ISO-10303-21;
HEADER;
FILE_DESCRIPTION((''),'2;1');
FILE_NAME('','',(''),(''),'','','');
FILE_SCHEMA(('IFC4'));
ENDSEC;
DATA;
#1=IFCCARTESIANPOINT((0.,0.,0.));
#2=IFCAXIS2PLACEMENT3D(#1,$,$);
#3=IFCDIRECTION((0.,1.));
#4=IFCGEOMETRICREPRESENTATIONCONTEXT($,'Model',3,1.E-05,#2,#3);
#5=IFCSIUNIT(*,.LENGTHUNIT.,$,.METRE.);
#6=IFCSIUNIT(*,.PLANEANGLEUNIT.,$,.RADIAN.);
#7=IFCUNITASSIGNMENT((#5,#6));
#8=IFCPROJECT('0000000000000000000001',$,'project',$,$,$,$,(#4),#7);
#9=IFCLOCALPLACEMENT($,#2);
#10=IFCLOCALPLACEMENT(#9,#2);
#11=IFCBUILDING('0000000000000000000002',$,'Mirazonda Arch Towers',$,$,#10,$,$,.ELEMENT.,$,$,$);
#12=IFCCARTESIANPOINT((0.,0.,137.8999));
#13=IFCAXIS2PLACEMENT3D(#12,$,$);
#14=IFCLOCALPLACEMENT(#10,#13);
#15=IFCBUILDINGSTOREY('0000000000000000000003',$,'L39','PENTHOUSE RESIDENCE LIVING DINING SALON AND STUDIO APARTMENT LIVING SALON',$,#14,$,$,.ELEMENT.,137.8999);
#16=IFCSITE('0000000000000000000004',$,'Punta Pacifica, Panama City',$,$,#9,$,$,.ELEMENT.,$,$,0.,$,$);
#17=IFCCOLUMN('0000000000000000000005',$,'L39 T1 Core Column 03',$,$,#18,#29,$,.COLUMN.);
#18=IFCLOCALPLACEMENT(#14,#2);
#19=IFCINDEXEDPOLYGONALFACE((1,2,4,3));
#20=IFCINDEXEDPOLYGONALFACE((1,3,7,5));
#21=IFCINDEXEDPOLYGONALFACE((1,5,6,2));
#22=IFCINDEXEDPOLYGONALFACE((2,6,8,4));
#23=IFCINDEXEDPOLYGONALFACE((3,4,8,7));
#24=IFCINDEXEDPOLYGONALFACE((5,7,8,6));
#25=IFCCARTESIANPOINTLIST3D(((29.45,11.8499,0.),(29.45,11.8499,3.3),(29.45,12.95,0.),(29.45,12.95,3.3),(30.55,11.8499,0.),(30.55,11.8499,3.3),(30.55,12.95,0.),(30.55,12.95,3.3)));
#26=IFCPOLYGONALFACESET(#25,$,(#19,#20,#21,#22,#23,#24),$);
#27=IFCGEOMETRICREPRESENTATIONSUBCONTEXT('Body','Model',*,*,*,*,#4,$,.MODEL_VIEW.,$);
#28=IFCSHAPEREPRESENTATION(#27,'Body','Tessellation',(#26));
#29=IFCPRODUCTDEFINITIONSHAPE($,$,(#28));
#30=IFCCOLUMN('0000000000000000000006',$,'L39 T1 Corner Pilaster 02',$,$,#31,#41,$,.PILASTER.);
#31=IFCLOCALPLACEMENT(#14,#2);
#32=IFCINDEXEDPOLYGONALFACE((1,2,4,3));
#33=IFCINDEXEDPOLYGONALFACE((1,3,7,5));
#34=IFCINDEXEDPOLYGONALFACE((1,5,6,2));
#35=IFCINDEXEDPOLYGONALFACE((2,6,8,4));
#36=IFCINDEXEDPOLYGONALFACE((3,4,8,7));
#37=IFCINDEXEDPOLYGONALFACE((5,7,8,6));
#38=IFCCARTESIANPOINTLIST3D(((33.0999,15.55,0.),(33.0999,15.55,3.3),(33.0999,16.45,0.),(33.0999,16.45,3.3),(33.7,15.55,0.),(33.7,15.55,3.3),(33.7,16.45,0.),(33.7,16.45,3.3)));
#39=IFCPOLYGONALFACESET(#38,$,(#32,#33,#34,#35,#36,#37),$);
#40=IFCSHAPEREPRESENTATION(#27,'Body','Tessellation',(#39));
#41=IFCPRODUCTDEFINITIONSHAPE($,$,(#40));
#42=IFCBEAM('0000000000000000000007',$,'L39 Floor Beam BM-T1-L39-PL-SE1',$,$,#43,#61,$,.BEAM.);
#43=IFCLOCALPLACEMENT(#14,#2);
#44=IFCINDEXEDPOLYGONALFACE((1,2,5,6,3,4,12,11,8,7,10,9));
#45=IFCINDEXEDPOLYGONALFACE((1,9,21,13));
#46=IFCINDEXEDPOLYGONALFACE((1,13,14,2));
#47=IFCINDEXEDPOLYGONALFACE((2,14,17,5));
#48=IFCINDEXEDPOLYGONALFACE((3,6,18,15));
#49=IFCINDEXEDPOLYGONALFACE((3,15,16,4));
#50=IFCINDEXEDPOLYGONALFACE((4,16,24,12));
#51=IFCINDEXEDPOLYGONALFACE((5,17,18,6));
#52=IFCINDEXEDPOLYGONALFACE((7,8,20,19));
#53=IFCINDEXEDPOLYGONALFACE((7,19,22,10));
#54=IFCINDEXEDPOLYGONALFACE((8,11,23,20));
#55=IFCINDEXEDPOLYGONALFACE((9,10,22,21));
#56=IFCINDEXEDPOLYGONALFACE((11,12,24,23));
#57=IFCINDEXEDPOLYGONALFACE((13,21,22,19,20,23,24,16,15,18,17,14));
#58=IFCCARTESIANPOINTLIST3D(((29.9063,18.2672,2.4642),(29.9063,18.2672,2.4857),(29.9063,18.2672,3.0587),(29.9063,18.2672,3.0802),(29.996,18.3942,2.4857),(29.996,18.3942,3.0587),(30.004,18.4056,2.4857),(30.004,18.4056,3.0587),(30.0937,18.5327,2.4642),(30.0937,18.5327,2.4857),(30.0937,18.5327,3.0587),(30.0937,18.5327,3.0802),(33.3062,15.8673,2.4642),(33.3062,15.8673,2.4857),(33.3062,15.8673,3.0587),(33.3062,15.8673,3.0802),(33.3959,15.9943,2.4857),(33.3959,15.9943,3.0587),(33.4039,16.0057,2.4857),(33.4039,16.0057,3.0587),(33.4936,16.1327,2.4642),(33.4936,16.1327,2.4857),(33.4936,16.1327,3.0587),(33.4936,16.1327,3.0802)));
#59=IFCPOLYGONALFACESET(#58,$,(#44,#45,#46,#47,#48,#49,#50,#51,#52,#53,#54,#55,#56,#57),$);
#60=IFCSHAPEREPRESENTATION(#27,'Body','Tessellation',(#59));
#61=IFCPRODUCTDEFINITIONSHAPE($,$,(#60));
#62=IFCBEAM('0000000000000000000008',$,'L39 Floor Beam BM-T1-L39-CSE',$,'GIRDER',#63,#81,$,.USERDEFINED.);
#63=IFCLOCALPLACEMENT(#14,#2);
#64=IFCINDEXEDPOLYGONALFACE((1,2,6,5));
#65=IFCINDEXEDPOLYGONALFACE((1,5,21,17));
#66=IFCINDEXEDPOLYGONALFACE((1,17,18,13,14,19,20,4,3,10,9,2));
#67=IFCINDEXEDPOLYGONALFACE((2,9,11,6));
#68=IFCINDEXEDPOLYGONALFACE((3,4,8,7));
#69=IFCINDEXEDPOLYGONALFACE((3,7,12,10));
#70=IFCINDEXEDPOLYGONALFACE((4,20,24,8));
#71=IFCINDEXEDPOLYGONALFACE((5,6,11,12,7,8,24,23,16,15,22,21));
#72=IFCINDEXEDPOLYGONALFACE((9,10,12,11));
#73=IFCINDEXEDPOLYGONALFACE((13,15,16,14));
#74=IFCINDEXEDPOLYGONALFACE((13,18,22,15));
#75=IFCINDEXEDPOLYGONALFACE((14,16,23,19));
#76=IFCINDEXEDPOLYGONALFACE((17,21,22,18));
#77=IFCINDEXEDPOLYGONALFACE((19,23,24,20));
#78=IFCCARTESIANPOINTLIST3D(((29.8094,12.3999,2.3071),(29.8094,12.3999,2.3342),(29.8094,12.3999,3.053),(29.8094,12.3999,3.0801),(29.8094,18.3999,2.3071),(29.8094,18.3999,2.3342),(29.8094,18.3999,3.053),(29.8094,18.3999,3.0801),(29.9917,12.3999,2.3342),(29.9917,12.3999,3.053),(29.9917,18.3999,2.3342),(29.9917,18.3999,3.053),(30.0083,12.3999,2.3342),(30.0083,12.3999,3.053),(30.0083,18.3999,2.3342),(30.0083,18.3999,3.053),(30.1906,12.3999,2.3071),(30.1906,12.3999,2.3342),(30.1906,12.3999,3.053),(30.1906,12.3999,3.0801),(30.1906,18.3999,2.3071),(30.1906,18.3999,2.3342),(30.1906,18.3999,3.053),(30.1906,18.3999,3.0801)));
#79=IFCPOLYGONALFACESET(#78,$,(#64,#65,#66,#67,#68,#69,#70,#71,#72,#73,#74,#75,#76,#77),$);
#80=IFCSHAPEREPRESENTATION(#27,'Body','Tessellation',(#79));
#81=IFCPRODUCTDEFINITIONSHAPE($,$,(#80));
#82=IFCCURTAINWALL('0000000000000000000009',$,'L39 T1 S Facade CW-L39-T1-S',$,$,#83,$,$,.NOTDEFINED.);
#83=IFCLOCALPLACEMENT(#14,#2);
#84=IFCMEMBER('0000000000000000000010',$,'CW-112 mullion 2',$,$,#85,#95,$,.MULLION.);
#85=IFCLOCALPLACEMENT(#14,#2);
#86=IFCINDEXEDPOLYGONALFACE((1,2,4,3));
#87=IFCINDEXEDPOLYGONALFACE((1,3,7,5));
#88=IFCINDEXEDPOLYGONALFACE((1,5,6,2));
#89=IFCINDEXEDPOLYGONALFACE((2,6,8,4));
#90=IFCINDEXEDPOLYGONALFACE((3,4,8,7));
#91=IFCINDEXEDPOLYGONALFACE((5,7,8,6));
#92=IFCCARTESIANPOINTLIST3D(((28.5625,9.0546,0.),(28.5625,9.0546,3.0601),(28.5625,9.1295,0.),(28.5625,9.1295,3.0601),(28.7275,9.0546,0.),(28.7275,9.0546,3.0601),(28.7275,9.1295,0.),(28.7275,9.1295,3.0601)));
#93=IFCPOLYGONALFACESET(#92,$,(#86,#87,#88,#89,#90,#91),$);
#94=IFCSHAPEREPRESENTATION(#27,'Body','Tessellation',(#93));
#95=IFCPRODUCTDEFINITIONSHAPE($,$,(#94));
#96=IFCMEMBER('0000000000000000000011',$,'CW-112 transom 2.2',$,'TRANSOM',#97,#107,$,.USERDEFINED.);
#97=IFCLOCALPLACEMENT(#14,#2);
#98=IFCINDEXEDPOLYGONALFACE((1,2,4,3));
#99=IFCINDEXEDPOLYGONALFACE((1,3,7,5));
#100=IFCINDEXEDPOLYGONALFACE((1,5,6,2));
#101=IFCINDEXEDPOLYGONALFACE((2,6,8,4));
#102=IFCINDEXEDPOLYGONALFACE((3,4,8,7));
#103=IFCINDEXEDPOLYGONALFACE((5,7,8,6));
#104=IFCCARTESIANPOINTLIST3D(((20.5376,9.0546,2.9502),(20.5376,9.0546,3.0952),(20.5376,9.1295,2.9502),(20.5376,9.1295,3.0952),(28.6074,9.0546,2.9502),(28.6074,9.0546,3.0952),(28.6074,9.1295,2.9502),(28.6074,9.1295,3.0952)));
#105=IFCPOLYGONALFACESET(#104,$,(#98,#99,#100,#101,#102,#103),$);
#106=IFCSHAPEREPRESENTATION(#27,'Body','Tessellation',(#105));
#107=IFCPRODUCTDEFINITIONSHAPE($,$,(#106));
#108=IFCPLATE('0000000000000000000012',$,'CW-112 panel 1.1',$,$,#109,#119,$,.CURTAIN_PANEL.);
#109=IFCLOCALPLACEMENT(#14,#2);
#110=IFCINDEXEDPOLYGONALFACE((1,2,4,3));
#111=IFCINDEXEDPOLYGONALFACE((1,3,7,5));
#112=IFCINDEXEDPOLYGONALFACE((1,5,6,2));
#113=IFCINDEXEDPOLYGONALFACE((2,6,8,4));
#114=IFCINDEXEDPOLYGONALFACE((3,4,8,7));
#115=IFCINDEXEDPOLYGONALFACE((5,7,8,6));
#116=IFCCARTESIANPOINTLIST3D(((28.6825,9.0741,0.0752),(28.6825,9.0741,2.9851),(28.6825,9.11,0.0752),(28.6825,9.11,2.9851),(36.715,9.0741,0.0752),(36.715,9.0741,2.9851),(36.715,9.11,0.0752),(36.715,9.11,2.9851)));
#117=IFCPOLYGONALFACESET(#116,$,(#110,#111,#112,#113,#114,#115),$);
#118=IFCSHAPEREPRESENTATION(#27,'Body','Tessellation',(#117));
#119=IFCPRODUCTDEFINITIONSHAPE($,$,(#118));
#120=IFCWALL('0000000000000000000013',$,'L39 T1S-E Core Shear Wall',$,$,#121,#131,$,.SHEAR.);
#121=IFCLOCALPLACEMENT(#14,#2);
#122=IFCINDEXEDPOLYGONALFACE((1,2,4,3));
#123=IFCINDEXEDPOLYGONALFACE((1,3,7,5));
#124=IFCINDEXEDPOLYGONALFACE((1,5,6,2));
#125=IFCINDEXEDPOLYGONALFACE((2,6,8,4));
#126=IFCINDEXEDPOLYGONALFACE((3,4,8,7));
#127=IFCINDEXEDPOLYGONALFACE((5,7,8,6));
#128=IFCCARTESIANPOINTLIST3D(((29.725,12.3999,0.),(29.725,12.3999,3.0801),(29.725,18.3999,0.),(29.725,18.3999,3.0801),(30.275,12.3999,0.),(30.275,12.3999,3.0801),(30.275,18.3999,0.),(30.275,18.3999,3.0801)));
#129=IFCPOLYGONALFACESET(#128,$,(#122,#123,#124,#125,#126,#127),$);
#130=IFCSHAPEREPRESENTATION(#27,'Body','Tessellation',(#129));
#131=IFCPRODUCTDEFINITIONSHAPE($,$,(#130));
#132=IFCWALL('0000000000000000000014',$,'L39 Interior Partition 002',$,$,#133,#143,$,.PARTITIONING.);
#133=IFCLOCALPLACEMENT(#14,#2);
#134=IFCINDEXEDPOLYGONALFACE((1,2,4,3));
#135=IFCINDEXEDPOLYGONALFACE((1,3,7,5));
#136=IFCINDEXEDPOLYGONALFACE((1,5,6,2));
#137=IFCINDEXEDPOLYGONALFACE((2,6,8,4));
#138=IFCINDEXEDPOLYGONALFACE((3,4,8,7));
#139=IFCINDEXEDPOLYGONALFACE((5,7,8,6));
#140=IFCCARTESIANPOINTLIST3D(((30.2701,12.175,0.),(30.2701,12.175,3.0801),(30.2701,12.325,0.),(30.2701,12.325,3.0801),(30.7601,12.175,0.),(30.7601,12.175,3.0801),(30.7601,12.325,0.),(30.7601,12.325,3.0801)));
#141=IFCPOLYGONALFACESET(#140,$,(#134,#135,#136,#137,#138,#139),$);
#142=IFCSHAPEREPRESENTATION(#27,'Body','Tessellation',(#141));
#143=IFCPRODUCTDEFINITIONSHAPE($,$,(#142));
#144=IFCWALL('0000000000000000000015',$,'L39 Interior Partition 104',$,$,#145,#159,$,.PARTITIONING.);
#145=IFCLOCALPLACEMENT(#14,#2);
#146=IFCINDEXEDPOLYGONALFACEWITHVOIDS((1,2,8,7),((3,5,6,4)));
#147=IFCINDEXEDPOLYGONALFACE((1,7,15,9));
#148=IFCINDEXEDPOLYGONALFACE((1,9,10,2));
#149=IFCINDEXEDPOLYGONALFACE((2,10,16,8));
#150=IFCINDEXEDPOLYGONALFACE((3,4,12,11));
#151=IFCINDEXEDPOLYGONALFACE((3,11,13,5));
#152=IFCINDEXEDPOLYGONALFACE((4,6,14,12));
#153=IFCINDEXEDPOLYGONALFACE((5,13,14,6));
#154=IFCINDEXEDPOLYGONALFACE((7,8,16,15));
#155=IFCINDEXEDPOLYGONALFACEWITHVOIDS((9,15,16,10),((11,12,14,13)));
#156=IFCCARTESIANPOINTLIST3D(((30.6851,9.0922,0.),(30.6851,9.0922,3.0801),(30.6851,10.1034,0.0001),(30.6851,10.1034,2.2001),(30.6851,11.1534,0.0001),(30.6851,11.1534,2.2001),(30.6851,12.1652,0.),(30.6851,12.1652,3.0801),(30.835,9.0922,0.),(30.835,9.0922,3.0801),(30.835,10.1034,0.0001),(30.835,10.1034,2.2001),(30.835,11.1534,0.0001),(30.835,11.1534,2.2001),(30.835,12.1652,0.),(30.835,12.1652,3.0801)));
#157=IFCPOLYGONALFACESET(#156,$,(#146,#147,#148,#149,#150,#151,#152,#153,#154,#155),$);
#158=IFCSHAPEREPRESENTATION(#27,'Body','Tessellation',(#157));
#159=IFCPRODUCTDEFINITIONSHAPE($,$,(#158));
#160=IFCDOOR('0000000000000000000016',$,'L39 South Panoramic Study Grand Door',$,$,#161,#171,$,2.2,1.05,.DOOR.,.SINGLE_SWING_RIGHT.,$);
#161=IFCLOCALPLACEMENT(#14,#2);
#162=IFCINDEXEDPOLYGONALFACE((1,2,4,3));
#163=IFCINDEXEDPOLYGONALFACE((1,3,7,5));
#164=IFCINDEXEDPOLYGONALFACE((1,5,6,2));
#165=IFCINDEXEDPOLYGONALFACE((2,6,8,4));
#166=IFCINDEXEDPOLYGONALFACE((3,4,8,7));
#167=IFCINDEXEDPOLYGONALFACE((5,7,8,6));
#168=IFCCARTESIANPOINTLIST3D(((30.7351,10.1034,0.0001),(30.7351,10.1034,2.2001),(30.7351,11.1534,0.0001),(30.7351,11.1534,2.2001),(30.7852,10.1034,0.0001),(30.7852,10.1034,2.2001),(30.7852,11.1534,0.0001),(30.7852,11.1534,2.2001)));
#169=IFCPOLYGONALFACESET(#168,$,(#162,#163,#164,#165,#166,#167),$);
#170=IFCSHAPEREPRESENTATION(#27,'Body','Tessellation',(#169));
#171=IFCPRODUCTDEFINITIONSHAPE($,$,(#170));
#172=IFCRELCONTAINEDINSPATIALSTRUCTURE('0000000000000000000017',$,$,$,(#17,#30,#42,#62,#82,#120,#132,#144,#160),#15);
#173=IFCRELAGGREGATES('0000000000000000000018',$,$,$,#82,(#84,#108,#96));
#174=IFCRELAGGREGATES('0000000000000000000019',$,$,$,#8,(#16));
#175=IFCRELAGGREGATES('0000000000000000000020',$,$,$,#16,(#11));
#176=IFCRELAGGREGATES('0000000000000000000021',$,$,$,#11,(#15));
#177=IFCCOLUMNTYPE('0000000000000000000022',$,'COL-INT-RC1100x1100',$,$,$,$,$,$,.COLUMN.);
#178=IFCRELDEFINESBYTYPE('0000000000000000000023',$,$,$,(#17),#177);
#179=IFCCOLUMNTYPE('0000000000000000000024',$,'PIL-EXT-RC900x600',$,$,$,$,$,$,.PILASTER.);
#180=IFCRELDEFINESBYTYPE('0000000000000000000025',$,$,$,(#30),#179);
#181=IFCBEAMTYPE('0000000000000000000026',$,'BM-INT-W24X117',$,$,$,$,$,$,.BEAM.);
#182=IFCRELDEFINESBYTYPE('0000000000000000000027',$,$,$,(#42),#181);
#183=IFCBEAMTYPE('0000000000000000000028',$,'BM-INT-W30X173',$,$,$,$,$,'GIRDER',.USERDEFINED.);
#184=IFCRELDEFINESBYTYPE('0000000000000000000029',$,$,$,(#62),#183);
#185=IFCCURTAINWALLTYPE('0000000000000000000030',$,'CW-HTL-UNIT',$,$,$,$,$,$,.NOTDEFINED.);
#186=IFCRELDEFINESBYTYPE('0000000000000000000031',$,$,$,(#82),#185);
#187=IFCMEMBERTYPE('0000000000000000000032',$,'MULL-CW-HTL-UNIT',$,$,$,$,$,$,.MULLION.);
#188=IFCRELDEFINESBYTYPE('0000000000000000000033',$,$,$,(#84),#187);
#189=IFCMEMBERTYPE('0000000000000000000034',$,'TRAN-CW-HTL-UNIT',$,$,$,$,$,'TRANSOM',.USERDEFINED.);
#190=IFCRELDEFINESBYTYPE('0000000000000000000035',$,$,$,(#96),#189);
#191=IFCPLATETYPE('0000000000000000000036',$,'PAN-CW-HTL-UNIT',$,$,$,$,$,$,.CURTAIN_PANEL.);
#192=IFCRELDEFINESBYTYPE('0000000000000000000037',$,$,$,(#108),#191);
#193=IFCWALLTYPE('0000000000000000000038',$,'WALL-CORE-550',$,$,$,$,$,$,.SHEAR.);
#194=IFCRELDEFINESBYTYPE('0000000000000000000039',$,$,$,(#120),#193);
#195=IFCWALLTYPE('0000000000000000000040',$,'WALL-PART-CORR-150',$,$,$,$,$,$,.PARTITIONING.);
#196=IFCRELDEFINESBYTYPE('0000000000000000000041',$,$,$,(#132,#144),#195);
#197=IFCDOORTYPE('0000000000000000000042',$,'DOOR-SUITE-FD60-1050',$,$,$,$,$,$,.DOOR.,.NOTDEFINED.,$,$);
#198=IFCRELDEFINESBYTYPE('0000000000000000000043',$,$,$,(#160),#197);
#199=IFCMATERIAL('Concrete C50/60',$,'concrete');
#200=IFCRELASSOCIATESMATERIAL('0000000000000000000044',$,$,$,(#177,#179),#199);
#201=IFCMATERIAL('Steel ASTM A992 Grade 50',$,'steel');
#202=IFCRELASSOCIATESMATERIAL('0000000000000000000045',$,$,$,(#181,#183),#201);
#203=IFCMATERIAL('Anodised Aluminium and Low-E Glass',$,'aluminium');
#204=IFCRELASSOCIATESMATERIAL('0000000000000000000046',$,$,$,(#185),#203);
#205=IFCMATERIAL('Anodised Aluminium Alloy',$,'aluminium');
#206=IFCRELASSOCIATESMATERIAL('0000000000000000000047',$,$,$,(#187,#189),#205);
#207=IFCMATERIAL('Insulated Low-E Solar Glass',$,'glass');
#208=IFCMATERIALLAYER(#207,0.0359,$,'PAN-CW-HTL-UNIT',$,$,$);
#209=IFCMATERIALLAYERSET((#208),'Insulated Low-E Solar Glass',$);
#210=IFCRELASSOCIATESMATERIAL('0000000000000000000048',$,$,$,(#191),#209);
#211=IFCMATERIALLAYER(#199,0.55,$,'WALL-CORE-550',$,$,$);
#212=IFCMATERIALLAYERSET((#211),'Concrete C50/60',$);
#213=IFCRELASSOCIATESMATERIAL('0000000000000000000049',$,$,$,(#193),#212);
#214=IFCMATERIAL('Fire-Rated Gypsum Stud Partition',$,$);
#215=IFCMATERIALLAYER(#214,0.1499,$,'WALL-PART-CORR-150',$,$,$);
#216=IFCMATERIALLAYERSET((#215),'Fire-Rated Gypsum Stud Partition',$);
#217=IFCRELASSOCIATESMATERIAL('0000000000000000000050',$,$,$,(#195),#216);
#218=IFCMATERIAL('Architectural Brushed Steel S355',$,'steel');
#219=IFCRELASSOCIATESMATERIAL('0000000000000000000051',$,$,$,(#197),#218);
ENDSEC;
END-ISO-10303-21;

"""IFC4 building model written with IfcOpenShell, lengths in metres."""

from ifc_helpers import new_model, si_unit, direction, frame, frame_2d, origin, origin_2d, place, context, subcontext, project, spatial, rectangle, i_section, extrude, material, layer, layer_set, material_profile, profile_set, type_object, element, fill, aggregate, save


model = new_model("IFC4")

# Units and contexts
model_context = context("Model", 3, precision=1e-05, world=origin(), true_north=direction((0.0, 1.0)))
body_context = subcontext(model_context, "Body", "Model", "MODEL_VIEW")
ifc_project = project(units=[si_unit("LENGTHUNIT", "METRE"), si_unit("PLANEANGLEUNIT", "RADIAN")], contexts=[model_context])

# Site, building, storey
site_placement = place(None, origin())
site = spatial("IfcSite", under=ifc_project, at=site_placement, Name="Punta Pacifica, Panama City", CompositionType="ELEMENT", RefElevation=0.0)
building_placement = place(site_placement, origin())
building = spatial("IfcBuilding", under=site, at=building_placement, Name="Mirazonda Arch Towers", CompositionType="ELEMENT")
storey_placement = place(building_placement, frame((0.0, 0.0, 137.8999)))
storey = spatial("IfcBuildingStorey", under=building, at=storey_placement, Name="L39", Description="PENTHOUSE RESIDENCE LIVING DINING SALON AND STUDIO APARTMENT LIVING SALON", CompositionType="ELEMENT", Elevation=137.8999)

# Columns
ifc_material_1 = material(Name="Concrete C50/60", Category="concrete")
ifc_material_profile_1 = material_profile(ifc_material_1, rectangle(XDim=1.1001, YDim=1.1001, at=origin_2d()), Name="RC1100x1100")
ifc_profile_set_1 = profile_set([ifc_material_profile_1], Name="Concrete C50/60")
column_type_1 = type_object("IfcColumnType", Name="COL-INT-RC1100x1100", PredefinedType="COLUMN", material=ifc_profile_set_1)
column_1_placement = place(storey_placement, frame((30.0, 12.3999, 0.0), z_axis=(0.0, 0.0, 1.0), x_axis=(1.0, 0.0, 0.0)))
element("IfcColumn", 1, at=column_1_placement, inside=storey, type_object=column_type_1, Name="L39 T1 Core Column 03", PredefinedType="COLUMN", context=body_context, shape_type="SweptSolid", body=[
    extrude(rectangle(XDim=1.1001, YDim=1.1001, at=origin_2d()), origin(), (0.0, 0.0, 1.0), 3.3),
])
ifc_material_profile_2 = material_profile(ifc_material_1, rectangle(XDim=0.6001, YDim=0.8999, at=origin_2d()), Name="RC900x600")
ifc_profile_set_2 = profile_set([ifc_material_profile_2], Name="Concrete C50/60")
column_type_2 = type_object("IfcColumnType", Name="PIL-EXT-RC900x600", PredefinedType="PILASTER", material=ifc_profile_set_2)
column_2_placement = place(storey_placement, frame((33.3999, 16.0, 0.0), z_axis=(0.0, 0.0, 1.0), x_axis=(1.0, 0.0, 0.0)))
element("IfcColumn", 2, at=column_2_placement, inside=storey, type_object=column_type_2, Name="L39 T1 Corner Pilaster 02", PredefinedType="PILASTER", context=body_context, shape_type="SweptSolid", body=[
    extrude(rectangle(XDim=0.6001, YDim=0.8999, at=origin_2d()), origin(), (0.0, 0.0, 1.0), 3.3),
])

# Beams
ifc_material_2 = material(Name="Steel ASTM A992 Grade 50", Category="steel")
ifc_material_profile_3 = material_profile(ifc_material_2, i_section(OverallWidth=0.325, OverallDepth=0.616, WebThickness=0.0139, FlangeThickness=0.0215, at=origin_2d()), Name="W24X117")
ifc_profile_set_3 = profile_set([ifc_material_profile_3], Name="Steel ASTM A992 Grade 50")
beam_type_1 = type_object("IfcBeamType", Name="BM-INT-W24X117", PredefinedType="BEAM", material=ifc_profile_set_3)
beam_1_placement = place(storey_placement, frame((33.3999, 16.0, 2.7722), z_axis=(-0.816971, 0.576679, 0.0), x_axis=(-0.576679, -0.816971, 0.0)))
element("IfcBeam", 3, at=beam_1_placement, inside=storey, type_object=beam_type_1, Name="L39 Floor Beam BM-T1-L39-PL-SE1", PredefinedType="BEAM", context=body_context, shape_type="SweptSolid", body=[
    extrude(i_section(OverallWidth=0.325, OverallDepth=0.616, WebThickness=0.0139, FlangeThickness=0.0215, at=origin_2d()), origin(), (0.0, 0.0, 1.0), 4.1616),
])
ifc_material_profile_4 = material_profile(ifc_material_2, i_section(OverallWidth=0.3811, OverallDepth=0.7729, WebThickness=0.0166, FlangeThickness=0.0271, at=origin_2d()), Name="W30X173")
ifc_profile_set_4 = profile_set([ifc_material_profile_4], Name="Steel ASTM A992 Grade 50")
beam_type_2 = type_object("IfcBeamType", Name="BM-INT-W30X173", ElementType="GIRDER", PredefinedType="USERDEFINED", material=ifc_profile_set_4)
beam_2_placement = place(storey_placement, frame((30.0, 12.3999, 2.6936), z_axis=(0.0, 1.0, 0.0), x_axis=(-1.0, 0.0, 0.0)))
element("IfcBeam", 4, at=beam_2_placement, inside=storey, type_object=beam_type_2, Name="L39 Floor Beam BM-T1-L39-CSE", ObjectType="GIRDER", PredefinedType="USERDEFINED", context=body_context, shape_type="SweptSolid", body=[
    extrude(i_section(OverallWidth=0.3811, OverallDepth=0.7729, WebThickness=0.0166, FlangeThickness=0.0271, at=origin_2d()), origin(), (0.0, 0.0, 1.0), 6.0),
])

# Curtain wall, members, plate
ifc_material_3 = material(Name="Anodised Aluminium and Low-E Glass", Category="aluminium")
curtain_wall_type = type_object("IfcCurtainWallType", Name="CW-HTL-UNIT", PredefinedType="NOTDEFINED", material=ifc_material_3)
curtain_wall_placement = place(storey_placement, origin())
curtain_wall = element("IfcCurtainWall", 5, at=curtain_wall_placement, inside=storey, type_object=curtain_wall_type, Name="L39 T1 S Facade CW-L39-T1-S", PredefinedType="NOTDEFINED")
ifc_material_4 = material(Name="Anodised Aluminium Alloy", Category="aluminium")
ifc_material_profile_5 = material_profile(ifc_material_4, rectangle(XDim=0.075, YDim=0.165, at=origin_2d()), Name="ALU-MULL-75x165")
ifc_profile_set_5 = profile_set([ifc_material_profile_5], Name="Anodised Aluminium Alloy")
member_type_1 = type_object("IfcMemberType", Name="MULL-CW-HTL-UNIT", PredefinedType="MULLION", material=ifc_profile_set_5)
member_1_placement = place(storey_placement, frame((28.645, 9.092, 0.0), z_axis=(0.0, 0.0, 1.0), x_axis=(0.0, -1.0, 0.0)))
member_1 = element("IfcMember", 6, at=member_1_placement, type_object=member_type_1, Name="CW-112 mullion 2", PredefinedType="MULLION", context=body_context, shape_type="SweptSolid", body=[
    extrude(rectangle(XDim=0.075, YDim=0.165, at=origin_2d()), origin(), (0.0, 0.0, 1.0), 3.0601),
])
ifc_material_profile_6 = material_profile(ifc_material_4, rectangle(XDim=0.075, YDim=0.145, at=origin_2d()), Name="ALU-TRAN-75x145")
ifc_profile_set_6 = profile_set([ifc_material_profile_6], Name="Anodised Aluminium Alloy")
member_type_2 = type_object("IfcMemberType", Name="TRAN-CW-HTL-UNIT", ElementType="TRANSOM", PredefinedType="USERDEFINED", material=ifc_profile_set_6)
member_2_placement = place(storey_placement, frame((28.6074, 9.092, 3.0227), z_axis=(-1.0, 0.0, 0.0), x_axis=(0.0, -1.0, 0.0)))
member_2 = element("IfcMember", 7, at=member_2_placement, type_object=member_type_2, Name="CW-112 transom 2.2", ObjectType="TRANSOM", PredefinedType="USERDEFINED", context=body_context, shape_type="SweptSolid", body=[
    extrude(rectangle(XDim=0.075, YDim=0.145, at=origin_2d()), origin(), (0.0, 0.0, 1.0), 8.0698),
])
ifc_material_5 = material(Name="Insulated Low-E Solar Glass", Category="glass")
ifc_layer_1 = layer(ifc_material_5, 0.0359, Name="PAN-CW-HTL-UNIT")
ifc_layer_set_1 = layer_set([ifc_layer_1], Name="Insulated Low-E Solar Glass")
plate_type = type_object("IfcPlateType", Name="PAN-CW-HTL-UNIT", PredefinedType="CURTAIN_PANEL", material=ifc_layer_set_1)
plate_placement = place(storey_placement, frame((32.6987, 9.092, 0.0752), z_axis=(0.0, 0.0, 1.0), x_axis=(-1.0, 0.0, 0.0)))
plate = element("IfcPlate", 8, at=plate_placement, type_object=plate_type, Name="CW-112 panel 1.1", PredefinedType="CURTAIN_PANEL", context=body_context, shape_type="SweptSolid", body=[
    extrude(rectangle(XDim=8.0325, YDim=0.0359, at=origin_2d()), origin(), (0.0, 0.0, 1.0), 2.9099),
])
aggregate(curtain_wall, [member_1, plate, member_2])

# Walls
ifc_layer_2 = layer(ifc_material_1, 0.55, Name="WALL-CORE-550")
ifc_layer_set_2 = layer_set([ifc_layer_2], Name="Concrete C50/60")
wall_type_1 = type_object("IfcWallType", Name="WALL-CORE-550", PredefinedType="SHEAR", material=ifc_layer_set_2)
wall_1_placement = place(storey_placement, frame((30.0, 12.3999, 0.0), z_axis=(0.0, 0.0, 1.0), x_axis=(0.0, 1.0, 0.0)))
element("IfcWall", 9, at=wall_1_placement, inside=storey, type_object=wall_type_1, Name="L39 T1S-E Core Shear Wall", PredefinedType="SHEAR", context=body_context, shape_type="SweptSolid", body=[
    extrude(rectangle(XDim=6.0, YDim=0.55, at=frame_2d((3.0, 0.0))), origin(), (0.0, 0.0, 1.0), 3.0801),
])
ifc_material_6 = material(Name="Fire-Rated Gypsum Stud Partition")
ifc_layer_3 = layer(ifc_material_6, 0.1499, Name="WALL-PART-CORR-150")
ifc_layer_set_3 = layer_set([ifc_layer_3], Name="Fire-Rated Gypsum Stud Partition")
wall_type_2 = type_object("IfcWallType", Name="WALL-PART-CORR-150", PredefinedType="PARTITIONING", material=ifc_layer_set_3)
wall_2_placement = place(storey_placement, frame((30.27, 12.25, 0.0), z_axis=(0.0, 0.0, 1.0), x_axis=(1.0, 0.0, 0.0)))
element("IfcWall", 10, at=wall_2_placement, inside=storey, type_object=wall_type_2, Name="L39 Interior Partition 002", PredefinedType="PARTITIONING", context=body_context, shape_type="SweptSolid", body=[
    extrude(rectangle(XDim=0.49, YDim=0.1499, at=frame_2d((0.2451, 0.0))), origin(), (0.0, 0.0, 1.0), 3.0801),
])

# Wall, opening, door
wall_3_placement = place(storey_placement, frame((30.76, 9.092, 0.0), z_axis=(0.0, 0.0, 1.0), x_axis=(0.0, 1.0, 0.0)))
wall_3 = element("IfcWall", 11, at=wall_3_placement, inside=storey, type_object=wall_type_2, Name="L39 Interior Partition 104", PredefinedType="PARTITIONING", context=body_context, shape_type="SweptSolid", body=[
    extrude(rectangle(XDim=3.073, YDim=0.1499, at=frame_2d((1.5366, 0.0))), origin(), (0.0, 0.0, 1.0), 3.0801),
])
opening_1_placement = place(wall_3_placement, frame((1.0115, 0.0, 0.0)))
opening_1 = element("IfcOpeningElement", 12, at=opening_1_placement, cuts=wall_3, PredefinedType="OPENING", context=body_context, shape_type="SweptSolid", body=[
    extrude(rectangle(XDim=1.05, YDim=2.2, at=frame_2d((0.5249, 1.1001))), frame((0.0, 0.085, 0.0), z_axis=(0.0, -1.0, 0.0), x_axis=(1.0, 0.0, 0.0)), (0.0, 0.0, 1.0), 0.1699),
])
ifc_material_7 = material(Name="Architectural Brushed Steel S355", Category="steel")
door_type_1 = type_object("IfcDoorType", Name="DOOR-SUITE-FD60-1050", OperationType="NOTDEFINED", PredefinedType="DOOR", material=ifc_material_7)
door_1_placement = place(opening_1_placement, origin())
door_1 = element("IfcDoor", 13, at=door_1_placement, inside=storey, type_object=door_type_1, Name="L39 South Panoramic Study Grand Door", OperationType="SINGLE_SWING_RIGHT", OverallHeight=2.2, OverallWidth=1.05, PredefinedType="DOOR", context=body_context, shape_type="SweptSolid", body=[
    extrude(rectangle(XDim=1.05, YDim=2.2, at=frame_2d((0.5249, 1.1001))), frame((0.0, 0.0249, 0.0), z_axis=(0.0, -1.0, 0.0), x_axis=(1.0, 0.0, 0.0)), (0.0, 0.0, 1.0), 0.05),
])
fill(opening_1, door_1)

save(model, "model.ifc")
